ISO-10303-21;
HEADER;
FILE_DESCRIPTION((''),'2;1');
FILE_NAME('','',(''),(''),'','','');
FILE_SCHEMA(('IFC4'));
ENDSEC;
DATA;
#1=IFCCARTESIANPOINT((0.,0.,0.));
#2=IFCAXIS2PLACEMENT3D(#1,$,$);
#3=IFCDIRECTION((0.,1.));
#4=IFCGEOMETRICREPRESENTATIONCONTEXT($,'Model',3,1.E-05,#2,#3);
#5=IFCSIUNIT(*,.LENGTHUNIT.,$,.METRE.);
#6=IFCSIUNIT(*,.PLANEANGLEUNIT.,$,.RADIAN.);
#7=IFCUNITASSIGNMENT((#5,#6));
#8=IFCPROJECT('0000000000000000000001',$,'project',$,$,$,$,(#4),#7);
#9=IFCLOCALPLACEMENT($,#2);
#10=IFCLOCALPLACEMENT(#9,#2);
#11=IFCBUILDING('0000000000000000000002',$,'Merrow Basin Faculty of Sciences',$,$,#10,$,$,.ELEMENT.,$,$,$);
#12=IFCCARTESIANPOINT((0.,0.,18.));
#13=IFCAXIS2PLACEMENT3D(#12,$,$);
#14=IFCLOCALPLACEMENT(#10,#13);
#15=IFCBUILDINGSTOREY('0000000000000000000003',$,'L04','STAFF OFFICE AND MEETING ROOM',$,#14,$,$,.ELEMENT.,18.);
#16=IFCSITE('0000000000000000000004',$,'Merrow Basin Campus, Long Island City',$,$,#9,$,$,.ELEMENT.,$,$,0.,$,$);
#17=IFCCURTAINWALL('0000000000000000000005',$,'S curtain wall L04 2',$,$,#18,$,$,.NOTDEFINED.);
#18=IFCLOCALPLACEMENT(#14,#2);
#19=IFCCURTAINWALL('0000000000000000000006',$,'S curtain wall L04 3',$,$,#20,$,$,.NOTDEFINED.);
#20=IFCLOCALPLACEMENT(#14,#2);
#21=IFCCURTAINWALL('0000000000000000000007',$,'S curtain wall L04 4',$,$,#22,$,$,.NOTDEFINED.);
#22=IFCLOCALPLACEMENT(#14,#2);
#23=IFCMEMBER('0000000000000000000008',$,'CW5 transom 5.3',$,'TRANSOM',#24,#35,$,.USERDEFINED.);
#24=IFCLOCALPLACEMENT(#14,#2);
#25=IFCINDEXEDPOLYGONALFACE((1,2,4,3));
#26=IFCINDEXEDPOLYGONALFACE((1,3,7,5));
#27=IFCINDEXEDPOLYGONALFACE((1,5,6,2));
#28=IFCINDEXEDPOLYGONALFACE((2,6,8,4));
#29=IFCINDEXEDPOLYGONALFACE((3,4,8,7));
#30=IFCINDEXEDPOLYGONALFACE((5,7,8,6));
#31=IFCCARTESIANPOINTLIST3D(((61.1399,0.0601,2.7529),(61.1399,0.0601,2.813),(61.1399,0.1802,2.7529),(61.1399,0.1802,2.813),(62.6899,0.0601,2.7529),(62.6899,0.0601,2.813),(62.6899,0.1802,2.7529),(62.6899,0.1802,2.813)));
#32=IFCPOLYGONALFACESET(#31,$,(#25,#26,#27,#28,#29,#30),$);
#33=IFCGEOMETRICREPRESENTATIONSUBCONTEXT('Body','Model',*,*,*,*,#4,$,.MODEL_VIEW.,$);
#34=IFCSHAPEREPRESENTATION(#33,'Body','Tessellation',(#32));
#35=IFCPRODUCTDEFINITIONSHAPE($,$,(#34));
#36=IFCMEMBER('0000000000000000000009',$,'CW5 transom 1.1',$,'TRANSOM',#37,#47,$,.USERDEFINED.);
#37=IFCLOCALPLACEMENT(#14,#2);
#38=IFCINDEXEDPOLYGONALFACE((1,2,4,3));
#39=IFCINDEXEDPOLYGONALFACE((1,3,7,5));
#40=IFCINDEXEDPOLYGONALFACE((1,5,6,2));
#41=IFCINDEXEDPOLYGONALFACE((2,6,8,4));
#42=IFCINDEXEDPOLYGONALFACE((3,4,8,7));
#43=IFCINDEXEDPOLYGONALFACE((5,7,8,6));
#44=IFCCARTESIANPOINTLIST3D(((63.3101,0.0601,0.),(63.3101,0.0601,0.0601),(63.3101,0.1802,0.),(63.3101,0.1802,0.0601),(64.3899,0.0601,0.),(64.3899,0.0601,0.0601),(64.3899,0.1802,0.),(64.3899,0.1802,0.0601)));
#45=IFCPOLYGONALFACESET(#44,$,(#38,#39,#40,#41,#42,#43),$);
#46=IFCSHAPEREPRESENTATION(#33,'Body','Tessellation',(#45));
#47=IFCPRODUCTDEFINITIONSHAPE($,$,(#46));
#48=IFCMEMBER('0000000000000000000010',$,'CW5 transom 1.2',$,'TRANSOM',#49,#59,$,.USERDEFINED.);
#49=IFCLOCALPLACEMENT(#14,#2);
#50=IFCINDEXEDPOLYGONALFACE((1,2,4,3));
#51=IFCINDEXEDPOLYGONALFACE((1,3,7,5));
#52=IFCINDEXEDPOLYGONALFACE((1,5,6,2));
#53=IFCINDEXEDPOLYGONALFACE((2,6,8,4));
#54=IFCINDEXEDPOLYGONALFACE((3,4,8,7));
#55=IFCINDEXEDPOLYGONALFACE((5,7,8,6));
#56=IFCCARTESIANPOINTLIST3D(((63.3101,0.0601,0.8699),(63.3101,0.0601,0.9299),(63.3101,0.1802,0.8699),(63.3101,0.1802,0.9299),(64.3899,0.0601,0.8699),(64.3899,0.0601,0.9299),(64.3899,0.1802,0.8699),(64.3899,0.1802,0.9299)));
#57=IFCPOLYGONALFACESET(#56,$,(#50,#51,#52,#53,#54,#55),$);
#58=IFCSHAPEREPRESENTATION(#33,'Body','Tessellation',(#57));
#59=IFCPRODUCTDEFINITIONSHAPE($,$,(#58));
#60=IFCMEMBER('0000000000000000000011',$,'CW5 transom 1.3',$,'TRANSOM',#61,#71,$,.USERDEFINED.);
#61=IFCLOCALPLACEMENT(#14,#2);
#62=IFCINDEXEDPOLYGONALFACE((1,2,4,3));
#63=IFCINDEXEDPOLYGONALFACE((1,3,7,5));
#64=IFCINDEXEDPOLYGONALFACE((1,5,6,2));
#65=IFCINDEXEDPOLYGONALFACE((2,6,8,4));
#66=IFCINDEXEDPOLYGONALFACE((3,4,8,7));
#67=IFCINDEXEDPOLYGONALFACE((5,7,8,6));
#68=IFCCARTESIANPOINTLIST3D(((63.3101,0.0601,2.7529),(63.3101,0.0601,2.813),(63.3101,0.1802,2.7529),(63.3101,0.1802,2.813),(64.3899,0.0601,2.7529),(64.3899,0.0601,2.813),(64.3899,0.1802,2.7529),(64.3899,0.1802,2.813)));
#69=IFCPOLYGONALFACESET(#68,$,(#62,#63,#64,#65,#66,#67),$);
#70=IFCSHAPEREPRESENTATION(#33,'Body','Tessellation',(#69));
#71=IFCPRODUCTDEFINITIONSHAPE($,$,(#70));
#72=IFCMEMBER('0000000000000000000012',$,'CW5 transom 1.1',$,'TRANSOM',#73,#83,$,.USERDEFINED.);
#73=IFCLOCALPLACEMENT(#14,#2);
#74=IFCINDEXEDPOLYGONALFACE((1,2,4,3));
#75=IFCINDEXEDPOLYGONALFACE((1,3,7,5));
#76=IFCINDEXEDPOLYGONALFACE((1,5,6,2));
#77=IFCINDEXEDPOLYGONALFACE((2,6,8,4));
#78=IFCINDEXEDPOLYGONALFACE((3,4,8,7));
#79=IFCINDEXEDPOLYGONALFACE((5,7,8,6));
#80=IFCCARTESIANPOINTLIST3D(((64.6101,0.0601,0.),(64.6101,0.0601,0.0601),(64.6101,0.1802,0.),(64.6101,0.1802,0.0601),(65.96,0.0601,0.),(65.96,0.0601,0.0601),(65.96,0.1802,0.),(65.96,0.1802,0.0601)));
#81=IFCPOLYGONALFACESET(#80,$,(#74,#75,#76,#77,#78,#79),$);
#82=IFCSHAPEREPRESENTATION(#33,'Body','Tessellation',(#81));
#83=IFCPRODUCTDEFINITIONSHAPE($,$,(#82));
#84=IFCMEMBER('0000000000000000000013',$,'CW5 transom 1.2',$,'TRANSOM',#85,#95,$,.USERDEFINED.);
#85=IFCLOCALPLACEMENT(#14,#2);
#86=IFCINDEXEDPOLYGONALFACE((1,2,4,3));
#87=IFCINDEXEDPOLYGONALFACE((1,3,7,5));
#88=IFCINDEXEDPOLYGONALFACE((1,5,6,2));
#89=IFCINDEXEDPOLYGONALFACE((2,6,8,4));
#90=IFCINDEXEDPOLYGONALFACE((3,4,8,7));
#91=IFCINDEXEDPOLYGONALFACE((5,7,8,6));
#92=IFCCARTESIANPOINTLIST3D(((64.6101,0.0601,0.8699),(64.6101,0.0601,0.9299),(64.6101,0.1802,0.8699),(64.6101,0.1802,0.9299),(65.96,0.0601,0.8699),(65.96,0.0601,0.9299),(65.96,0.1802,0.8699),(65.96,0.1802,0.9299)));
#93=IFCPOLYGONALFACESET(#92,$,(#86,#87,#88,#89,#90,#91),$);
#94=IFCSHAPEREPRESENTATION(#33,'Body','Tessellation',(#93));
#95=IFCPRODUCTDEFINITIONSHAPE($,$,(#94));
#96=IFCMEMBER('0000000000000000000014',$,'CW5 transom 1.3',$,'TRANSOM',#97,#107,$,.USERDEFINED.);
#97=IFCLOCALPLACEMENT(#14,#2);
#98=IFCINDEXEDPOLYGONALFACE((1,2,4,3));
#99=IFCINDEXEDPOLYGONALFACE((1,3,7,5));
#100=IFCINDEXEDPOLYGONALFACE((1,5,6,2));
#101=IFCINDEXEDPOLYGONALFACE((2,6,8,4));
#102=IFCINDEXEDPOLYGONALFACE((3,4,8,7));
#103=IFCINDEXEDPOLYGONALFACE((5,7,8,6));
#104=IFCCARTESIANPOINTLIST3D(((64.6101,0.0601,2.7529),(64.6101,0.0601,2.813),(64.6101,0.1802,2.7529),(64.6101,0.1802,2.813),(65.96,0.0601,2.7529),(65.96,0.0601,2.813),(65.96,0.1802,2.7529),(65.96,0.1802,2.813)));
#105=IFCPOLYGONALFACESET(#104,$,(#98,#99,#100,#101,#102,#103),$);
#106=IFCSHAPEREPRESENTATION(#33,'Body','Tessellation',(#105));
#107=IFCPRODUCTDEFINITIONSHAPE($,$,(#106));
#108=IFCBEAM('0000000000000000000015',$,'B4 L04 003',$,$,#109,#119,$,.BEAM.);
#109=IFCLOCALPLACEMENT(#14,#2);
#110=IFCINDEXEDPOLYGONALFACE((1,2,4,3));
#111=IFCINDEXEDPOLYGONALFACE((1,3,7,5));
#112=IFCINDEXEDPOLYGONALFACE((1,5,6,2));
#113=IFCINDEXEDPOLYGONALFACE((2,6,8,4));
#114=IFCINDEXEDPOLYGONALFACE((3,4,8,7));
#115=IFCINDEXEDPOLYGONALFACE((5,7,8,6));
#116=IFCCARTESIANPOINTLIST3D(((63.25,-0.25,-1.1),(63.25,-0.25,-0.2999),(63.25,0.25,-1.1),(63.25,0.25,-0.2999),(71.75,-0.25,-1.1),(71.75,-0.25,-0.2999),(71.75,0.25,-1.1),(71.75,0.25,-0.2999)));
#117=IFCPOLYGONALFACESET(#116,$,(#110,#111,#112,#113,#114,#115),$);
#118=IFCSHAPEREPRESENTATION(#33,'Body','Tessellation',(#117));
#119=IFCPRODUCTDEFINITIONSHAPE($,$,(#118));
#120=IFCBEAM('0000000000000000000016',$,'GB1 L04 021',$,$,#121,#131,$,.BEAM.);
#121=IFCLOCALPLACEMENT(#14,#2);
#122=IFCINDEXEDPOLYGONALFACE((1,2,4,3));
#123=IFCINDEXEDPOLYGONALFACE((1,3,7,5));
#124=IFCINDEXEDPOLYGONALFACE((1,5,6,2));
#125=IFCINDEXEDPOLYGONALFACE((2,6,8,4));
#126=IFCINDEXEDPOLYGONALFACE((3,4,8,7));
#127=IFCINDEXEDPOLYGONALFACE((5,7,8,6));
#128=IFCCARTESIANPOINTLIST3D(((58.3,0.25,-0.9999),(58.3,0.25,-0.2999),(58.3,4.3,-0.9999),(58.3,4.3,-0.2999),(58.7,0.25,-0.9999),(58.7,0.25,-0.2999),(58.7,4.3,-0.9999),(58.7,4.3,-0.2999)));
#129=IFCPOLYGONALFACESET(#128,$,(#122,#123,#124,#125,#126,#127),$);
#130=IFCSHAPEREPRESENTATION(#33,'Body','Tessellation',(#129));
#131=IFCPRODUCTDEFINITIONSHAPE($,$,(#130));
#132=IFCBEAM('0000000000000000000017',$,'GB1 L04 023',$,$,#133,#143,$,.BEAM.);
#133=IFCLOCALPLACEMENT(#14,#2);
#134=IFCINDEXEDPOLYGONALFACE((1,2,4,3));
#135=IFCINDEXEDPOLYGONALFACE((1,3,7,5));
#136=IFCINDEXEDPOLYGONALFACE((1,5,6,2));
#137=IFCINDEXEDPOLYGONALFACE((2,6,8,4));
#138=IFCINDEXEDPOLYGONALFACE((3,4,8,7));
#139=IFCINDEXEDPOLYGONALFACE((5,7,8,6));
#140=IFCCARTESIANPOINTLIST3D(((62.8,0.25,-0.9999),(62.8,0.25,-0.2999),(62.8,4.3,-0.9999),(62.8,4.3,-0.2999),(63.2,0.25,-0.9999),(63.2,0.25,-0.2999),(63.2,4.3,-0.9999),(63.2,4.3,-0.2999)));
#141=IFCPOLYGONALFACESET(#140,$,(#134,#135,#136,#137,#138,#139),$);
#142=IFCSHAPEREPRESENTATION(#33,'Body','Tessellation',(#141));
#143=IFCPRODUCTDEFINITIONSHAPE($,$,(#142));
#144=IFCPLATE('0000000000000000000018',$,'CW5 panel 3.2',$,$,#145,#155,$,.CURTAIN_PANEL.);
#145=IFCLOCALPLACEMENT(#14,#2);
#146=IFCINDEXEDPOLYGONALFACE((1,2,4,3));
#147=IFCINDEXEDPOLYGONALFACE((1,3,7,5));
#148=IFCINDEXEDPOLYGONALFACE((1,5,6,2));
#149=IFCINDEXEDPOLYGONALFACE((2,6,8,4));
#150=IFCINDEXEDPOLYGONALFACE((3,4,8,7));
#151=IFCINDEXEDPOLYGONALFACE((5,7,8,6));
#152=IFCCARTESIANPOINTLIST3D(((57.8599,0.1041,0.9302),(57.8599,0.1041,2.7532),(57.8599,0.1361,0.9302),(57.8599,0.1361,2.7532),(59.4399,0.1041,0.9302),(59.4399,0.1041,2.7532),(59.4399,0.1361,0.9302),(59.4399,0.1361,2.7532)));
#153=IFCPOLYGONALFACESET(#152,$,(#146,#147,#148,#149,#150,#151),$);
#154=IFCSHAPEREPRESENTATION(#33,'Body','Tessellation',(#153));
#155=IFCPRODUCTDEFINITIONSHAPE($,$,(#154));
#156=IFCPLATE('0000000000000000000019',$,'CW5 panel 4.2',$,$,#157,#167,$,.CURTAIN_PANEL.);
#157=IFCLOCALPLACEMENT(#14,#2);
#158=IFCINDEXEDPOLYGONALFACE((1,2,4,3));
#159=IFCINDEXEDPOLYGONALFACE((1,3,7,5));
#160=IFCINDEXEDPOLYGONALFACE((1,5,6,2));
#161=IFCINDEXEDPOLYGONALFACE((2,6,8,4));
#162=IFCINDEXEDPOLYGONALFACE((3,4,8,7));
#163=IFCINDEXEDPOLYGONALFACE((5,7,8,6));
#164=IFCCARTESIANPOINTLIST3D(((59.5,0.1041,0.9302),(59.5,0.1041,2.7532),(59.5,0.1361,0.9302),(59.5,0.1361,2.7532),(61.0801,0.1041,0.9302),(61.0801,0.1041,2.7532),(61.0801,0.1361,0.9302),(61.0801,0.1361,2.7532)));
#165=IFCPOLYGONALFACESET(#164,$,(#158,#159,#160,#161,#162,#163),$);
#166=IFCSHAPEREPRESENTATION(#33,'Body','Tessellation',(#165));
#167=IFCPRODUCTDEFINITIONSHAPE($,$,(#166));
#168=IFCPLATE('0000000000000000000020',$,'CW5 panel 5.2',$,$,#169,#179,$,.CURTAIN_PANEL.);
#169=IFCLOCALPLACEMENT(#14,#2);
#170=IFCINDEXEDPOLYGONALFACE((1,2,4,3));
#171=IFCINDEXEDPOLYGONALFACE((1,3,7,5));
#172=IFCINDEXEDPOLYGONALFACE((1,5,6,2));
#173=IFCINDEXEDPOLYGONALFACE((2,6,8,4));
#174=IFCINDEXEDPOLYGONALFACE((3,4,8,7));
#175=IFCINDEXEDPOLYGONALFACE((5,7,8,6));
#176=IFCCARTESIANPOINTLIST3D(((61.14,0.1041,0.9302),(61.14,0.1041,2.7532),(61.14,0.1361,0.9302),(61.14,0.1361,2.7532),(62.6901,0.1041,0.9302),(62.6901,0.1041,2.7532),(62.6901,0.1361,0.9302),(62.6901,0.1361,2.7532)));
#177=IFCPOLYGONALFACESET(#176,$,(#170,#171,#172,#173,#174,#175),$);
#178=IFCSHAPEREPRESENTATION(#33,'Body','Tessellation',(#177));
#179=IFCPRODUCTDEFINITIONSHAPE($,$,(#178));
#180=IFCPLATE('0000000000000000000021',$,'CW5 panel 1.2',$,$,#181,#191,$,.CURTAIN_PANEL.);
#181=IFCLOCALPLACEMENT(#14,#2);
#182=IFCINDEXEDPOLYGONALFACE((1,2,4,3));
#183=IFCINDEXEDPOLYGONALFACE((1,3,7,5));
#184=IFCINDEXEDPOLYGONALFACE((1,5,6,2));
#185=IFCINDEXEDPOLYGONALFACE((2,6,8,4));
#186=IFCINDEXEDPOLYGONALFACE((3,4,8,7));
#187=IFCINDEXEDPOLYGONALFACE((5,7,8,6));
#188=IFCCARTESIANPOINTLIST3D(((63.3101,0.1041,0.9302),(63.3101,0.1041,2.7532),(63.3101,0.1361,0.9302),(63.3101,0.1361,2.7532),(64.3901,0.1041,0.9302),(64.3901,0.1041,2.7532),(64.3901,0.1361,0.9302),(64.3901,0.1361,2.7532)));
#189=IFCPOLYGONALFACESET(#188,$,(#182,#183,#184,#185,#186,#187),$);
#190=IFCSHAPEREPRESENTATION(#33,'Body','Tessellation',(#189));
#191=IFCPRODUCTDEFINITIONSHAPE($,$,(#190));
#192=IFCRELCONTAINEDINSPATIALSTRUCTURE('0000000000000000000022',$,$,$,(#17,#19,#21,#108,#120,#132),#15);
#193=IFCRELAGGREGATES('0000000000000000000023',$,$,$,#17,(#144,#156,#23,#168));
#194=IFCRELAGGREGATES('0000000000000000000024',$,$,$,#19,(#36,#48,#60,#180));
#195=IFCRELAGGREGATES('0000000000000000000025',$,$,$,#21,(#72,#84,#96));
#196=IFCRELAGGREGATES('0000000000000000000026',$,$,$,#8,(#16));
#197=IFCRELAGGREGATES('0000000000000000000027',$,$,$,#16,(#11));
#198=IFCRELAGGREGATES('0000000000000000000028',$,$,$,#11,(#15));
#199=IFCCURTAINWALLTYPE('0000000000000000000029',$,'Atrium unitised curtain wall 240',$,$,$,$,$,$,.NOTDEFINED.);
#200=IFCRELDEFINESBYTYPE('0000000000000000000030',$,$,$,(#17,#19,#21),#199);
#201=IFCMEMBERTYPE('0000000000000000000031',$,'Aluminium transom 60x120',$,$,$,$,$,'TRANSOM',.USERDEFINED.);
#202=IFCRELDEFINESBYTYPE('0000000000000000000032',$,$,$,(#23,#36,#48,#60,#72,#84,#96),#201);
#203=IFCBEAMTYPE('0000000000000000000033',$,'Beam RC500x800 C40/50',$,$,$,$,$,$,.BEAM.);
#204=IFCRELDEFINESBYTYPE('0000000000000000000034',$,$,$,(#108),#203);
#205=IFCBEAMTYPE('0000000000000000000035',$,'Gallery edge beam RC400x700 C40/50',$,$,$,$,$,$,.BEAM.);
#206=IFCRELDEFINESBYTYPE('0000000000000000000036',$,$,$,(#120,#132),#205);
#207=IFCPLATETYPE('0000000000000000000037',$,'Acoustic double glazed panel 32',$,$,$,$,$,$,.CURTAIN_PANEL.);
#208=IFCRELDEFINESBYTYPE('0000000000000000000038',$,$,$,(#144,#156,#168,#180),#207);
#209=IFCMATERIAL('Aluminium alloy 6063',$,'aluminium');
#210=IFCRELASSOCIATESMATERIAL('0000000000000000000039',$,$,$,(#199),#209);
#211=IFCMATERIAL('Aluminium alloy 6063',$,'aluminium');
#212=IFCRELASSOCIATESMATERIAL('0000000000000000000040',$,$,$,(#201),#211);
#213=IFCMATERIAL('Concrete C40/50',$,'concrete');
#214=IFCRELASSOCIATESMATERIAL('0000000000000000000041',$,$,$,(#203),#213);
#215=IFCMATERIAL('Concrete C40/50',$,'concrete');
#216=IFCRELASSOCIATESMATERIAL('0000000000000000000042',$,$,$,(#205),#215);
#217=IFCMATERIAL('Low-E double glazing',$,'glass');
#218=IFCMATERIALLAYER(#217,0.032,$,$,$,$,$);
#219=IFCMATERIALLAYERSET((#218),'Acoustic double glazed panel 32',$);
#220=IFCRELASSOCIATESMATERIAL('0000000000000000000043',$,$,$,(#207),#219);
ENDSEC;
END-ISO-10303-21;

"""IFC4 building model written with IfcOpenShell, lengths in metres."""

from ifc_helpers import new_model, si_unit, direction, frame, origin, origin_2d, place, context, subcontext, project, spatial, rectangle, extrude, material, layer, layer_set, material_profile, profile_set, type_object, element, aggregate, save


model = new_model("IFC4")

# Units and contexts
model_context = context("Model", 3, precision=1e-05, world=origin(), true_north=direction((0.0, 1.0)))
body_context = subcontext(model_context, "Body", "Model", "MODEL_VIEW")
ifc_project = project(units=[si_unit("LENGTHUNIT", "METRE"), si_unit("PLANEANGLEUNIT", "RADIAN")], contexts=[model_context])

# Site, building, storey
site_placement = place(None, origin())
site = spatial("IfcSite", under=ifc_project, at=site_placement, Name="Merrow Basin Campus, Long Island City", CompositionType="ELEMENT", RefElevation=0.0)
building_placement = place(site_placement, origin())
building = spatial("IfcBuilding", under=site, at=building_placement, Name="Merrow Basin Faculty of Sciences", CompositionType="ELEMENT")
storey_placement = place(building_placement, frame((0.0, 0.0, 18.0)))
storey = spatial("IfcBuildingStorey", under=building, at=storey_placement, Name="L04", Description="STAFF OFFICE AND MEETING ROOM", CompositionType="ELEMENT", Elevation=18.0)

# Curtain walls
ifc_material_1 = material(Name="Aluminium alloy 6063", Category="aluminium")
curtain_wall_type = type_object("IfcCurtainWallType", Name="Atrium unitised curtain wall 240", PredefinedType="NOTDEFINED", material=ifc_material_1)
curtain_wall_1_placement = place(storey_placement, origin())
curtain_wall_1 = element("IfcCurtainWall", 1, at=curtain_wall_1_placement, inside=storey, type_object=curtain_wall_type, Name="S curtain wall L04 2", PredefinedType="NOTDEFINED")
curtain_wall_2_placement = place(storey_placement, origin())
curtain_wall_2 = element("IfcCurtainWall", 2, at=curtain_wall_2_placement, inside=storey, type_object=curtain_wall_type, Name="S curtain wall L04 3", PredefinedType="NOTDEFINED")

# Curtain wall
curtain_wall_3_placement = place(storey_placement, origin())
curtain_wall_3 = element("IfcCurtainWall", 3, at=curtain_wall_3_placement, inside=storey, type_object=curtain_wall_type, Name="S curtain wall L04 4", PredefinedType="NOTDEFINED")

# Members
ifc_material_2 = material(Name="Aluminium alloy 6063", Category="aluminium")
ifc_material_profile_1 = material_profile(ifc_material_2, rectangle(XDim=0.1201, YDim=0.0601, at=origin_2d()))
ifc_profile_set_1 = profile_set([ifc_material_profile_1], Name="Aluminium alloy 6063")
member_type_1 = type_object("IfcMemberType", Name="Aluminium transom 60x120", ElementType="TRANSOM", PredefinedType="USERDEFINED", material=ifc_profile_set_1)
member_1_placement = place(storey_placement, frame((61.1399, 0.1201, 2.783), z_axis=(1.0, 0.0, 0.0), x_axis=(0.0, 1.0, 0.0)))
member_1 = element("IfcMember", 4, at=member_1_placement, type_object=member_type_1, Name="CW5 transom 5.3", ObjectType="TRANSOM", PredefinedType="USERDEFINED", context=body_context, shape_type="SweptSolid", body=[
    extrude(rectangle(XDim=0.1201, YDim=0.0601, at=origin_2d()), origin(), (0.0, 0.0, 1.0), 1.55),
])
member_2_placement = place(storey_placement, frame((63.3101, 0.1201, 0.03), z_axis=(1.0, 0.0, 0.0), x_axis=(0.0, 1.0, 0.0)))
member_2 = element("IfcMember", 5, at=member_2_placement, type_object=member_type_1, Name="CW5 transom 1.1", ObjectType="TRANSOM", PredefinedType="USERDEFINED", context=body_context, shape_type="SweptSolid", body=[
    extrude(rectangle(XDim=0.1201, YDim=0.0601, at=origin_2d()), origin(), (0.0, 0.0, 1.0), 1.0798),
])
member_3_placement = place(storey_placement, frame((63.3101, 0.1201, 0.8999), z_axis=(1.0, 0.0, 0.0), x_axis=(0.0, 1.0, 0.0)))
member_3 = element("IfcMember", 6, at=member_3_placement, type_object=member_type_1, Name="CW5 transom 1.2", ObjectType="TRANSOM", PredefinedType="USERDEFINED", context=body_context, shape_type="SweptSolid", body=[
    extrude(rectangle(XDim=0.1201, YDim=0.0601, at=origin_2d()), origin(), (0.0, 0.0, 1.0), 1.0798),
])
member_4_placement = place(storey_placement, frame((63.3101, 0.1201, 2.783), z_axis=(1.0, 0.0, 0.0), x_axis=(0.0, 1.0, 0.0)))
member_4 = element("IfcMember", 7, at=member_4_placement, type_object=member_type_1, Name="CW5 transom 1.3", ObjectType="TRANSOM", PredefinedType="USERDEFINED", context=body_context, shape_type="SweptSolid", body=[
    extrude(rectangle(XDim=0.1201, YDim=0.0601, at=origin_2d()), origin(), (0.0, 0.0, 1.0), 1.0798),
])
member_5_placement = place(storey_placement, frame((64.6101, 0.1201, 0.03), z_axis=(1.0, 0.0, 0.0), x_axis=(0.0, 1.0, 0.0)))
member_5 = element("IfcMember", 8, at=member_5_placement, type_object=member_type_1, Name="CW5 transom 1.1", ObjectType="TRANSOM", PredefinedType="USERDEFINED", context=body_context, shape_type="SweptSolid", body=[
    extrude(rectangle(XDim=0.1201, YDim=0.0601, at=origin_2d()), origin(), (0.0, 0.0, 1.0), 1.3499),
])
member_6_placement = place(storey_placement, frame((64.6101, 0.1201, 0.8999), z_axis=(1.0, 0.0, 0.0), x_axis=(0.0, 1.0, 0.0)))
member_6 = element("IfcMember", 9, at=member_6_placement, type_object=member_type_1, Name="CW5 transom 1.2", ObjectType="TRANSOM", PredefinedType="USERDEFINED", context=body_context, shape_type="SweptSolid", body=[
    extrude(rectangle(XDim=0.1201, YDim=0.0601, at=origin_2d()), origin(), (0.0, 0.0, 1.0), 1.3499),
])
member_7_placement = place(storey_placement, frame((64.6101, 0.1201, 2.783), z_axis=(1.0, 0.0, 0.0), x_axis=(0.0, 1.0, 0.0)))
member_7 = element("IfcMember", 10, at=member_7_placement, type_object=member_type_1, Name="CW5 transom 1.3", ObjectType="TRANSOM", PredefinedType="USERDEFINED", context=body_context, shape_type="SweptSolid", body=[
    extrude(rectangle(XDim=0.1201, YDim=0.0601, at=origin_2d()), origin(), (0.0, 0.0, 1.0), 1.3499),
])

# Beams
ifc_material_3 = material(Name="Concrete C40/50", Category="concrete")
ifc_material_profile_2 = material_profile(ifc_material_3, rectangle(XDim=0.5, YDim=0.8, at=origin_2d()))
ifc_profile_set_2 = profile_set([ifc_material_profile_2], Name="Concrete C40/50")
beam_type_1 = type_object("IfcBeamType", Name="Beam RC500x800 C40/50", PredefinedType="BEAM", material=ifc_profile_set_2)
beam_placement = place(storey_placement, frame((63.25, 0.0, -0.7), z_axis=(1.0, 0.0, 0.0), x_axis=(0.0, 1.0, 0.0)))
element("IfcBeam", 11, at=beam_placement, inside=storey, type_object=beam_type_1, Name="B4 L04 003", PredefinedType="BEAM", context=body_context, shape_type="SweptSolid", body=[
    extrude(rectangle(XDim=0.5, YDim=0.8, at=origin_2d()), origin(), (0.0, 0.0, 1.0), 8.5),
])
ifc_material_4 = material(Name="Concrete C40/50", Category="concrete")
ifc_material_profile_3 = material_profile(ifc_material_4, rectangle(XDim=0.3999, YDim=0.7, at=origin_2d()))
ifc_profile_set_3 = profile_set([ifc_material_profile_3], Name="Concrete C40/50")
beam_type_2 = type_object("IfcBeamType", Name="Gallery edge beam RC400x700 C40/50", PredefinedType="BEAM", material=ifc_profile_set_3)
for number, where, z_axis, x_axis, name in (
    (12, (58.5, 0.25, -0.6499), (0.0, 1.0, 0.0), (-1.0, 0.0, 0.0), "GB1 L04 021"),
    (13, (63.0, 0.25, -0.6499), (0.0, 1.0, 0.0), (-1.0, 0.0, 0.0), "GB1 L04 023"),
):
    element("IfcBeam", number, at=place(storey_placement, frame(where, z_axis=z_axis, x_axis=x_axis)), inside=storey, type_object=beam_type_2, Name=name, PredefinedType="BEAM", context=body_context, shape_type="SweptSolid", body=[
        extrude(rectangle(XDim=0.3999, YDim=0.7, at=origin_2d()), origin(), (0.0, 0.0, 1.0), 4.05),
    ])

# Plates
ifc_material_5 = material(Name="Low-E double glazing", Category="glass")
ifc_layer_1 = layer(ifc_material_5, 0.032)
ifc_layer_set_1 = layer_set([ifc_layer_1], Name="Acoustic double glazed panel 32")
plate_type_1 = type_object("IfcPlateType", Name="Acoustic double glazed panel 32", PredefinedType="CURTAIN_PANEL", material=ifc_layer_set_1)
plate_1_placement = place(storey_placement, frame((58.6499, 0.1201, 0.9302), z_axis=(0.0, 0.0, 1.0), x_axis=(1.0, 0.0, 0.0)))
plate_1 = element("IfcPlate", 14, at=plate_1_placement, type_object=plate_type_1, Name="CW5 panel 3.2", PredefinedType="CURTAIN_PANEL", context=body_context, shape_type="SweptSolid", body=[
    extrude(rectangle(XDim=1.5801, YDim=0.032, at=origin_2d()), origin(), (0.0, 0.0, 1.0), 1.823),
])
plate_2_placement = place(storey_placement, frame((60.29, 0.1201, 0.9302), z_axis=(0.0, 0.0, 1.0), x_axis=(1.0, 0.0, 0.0)))
plate_2 = element("IfcPlate", 15, at=plate_2_placement, type_object=plate_type_1, Name="CW5 panel 4.2", PredefinedType="CURTAIN_PANEL", context=body_context, shape_type="SweptSolid", body=[
    extrude(rectangle(XDim=1.5801, YDim=0.032, at=origin_2d()), origin(), (0.0, 0.0, 1.0), 1.823),
])
plate_3_placement = place(storey_placement, frame((61.915, 0.1201, 0.9302), z_axis=(0.0, 0.0, 1.0), x_axis=(1.0, 0.0, 0.0)))
plate_3 = element("IfcPlate", 16, at=plate_3_placement, type_object=plate_type_1, Name="CW5 panel 5.2", PredefinedType="CURTAIN_PANEL", context=body_context, shape_type="SweptSolid", body=[
    extrude(rectangle(XDim=1.55, YDim=0.032, at=origin_2d()), origin(), (0.0, 0.0, 1.0), 1.823),
])
plate_4_placement = place(storey_placement, frame((63.8501, 0.1201, 0.9302), z_axis=(0.0, 0.0, 1.0), x_axis=(1.0, 0.0, 0.0)))
plate_4 = element("IfcPlate", 17, at=plate_4_placement, type_object=plate_type_1, Name="CW5 panel 1.2", PredefinedType="CURTAIN_PANEL", context=body_context, shape_type="SweptSolid", body=[
    extrude(rectangle(XDim=1.0801, YDim=0.032, at=origin_2d()), origin(), (0.0, 0.0, 1.0), 1.823),
])
aggregate(curtain_wall_1, [plate_1, plate_2, member_1, plate_3])
aggregate(curtain_wall_2, [member_2, member_3, member_4, plate_4])
aggregate(curtain_wall_3, [member_5, member_6, member_7])

save(model, "model.ifc")
